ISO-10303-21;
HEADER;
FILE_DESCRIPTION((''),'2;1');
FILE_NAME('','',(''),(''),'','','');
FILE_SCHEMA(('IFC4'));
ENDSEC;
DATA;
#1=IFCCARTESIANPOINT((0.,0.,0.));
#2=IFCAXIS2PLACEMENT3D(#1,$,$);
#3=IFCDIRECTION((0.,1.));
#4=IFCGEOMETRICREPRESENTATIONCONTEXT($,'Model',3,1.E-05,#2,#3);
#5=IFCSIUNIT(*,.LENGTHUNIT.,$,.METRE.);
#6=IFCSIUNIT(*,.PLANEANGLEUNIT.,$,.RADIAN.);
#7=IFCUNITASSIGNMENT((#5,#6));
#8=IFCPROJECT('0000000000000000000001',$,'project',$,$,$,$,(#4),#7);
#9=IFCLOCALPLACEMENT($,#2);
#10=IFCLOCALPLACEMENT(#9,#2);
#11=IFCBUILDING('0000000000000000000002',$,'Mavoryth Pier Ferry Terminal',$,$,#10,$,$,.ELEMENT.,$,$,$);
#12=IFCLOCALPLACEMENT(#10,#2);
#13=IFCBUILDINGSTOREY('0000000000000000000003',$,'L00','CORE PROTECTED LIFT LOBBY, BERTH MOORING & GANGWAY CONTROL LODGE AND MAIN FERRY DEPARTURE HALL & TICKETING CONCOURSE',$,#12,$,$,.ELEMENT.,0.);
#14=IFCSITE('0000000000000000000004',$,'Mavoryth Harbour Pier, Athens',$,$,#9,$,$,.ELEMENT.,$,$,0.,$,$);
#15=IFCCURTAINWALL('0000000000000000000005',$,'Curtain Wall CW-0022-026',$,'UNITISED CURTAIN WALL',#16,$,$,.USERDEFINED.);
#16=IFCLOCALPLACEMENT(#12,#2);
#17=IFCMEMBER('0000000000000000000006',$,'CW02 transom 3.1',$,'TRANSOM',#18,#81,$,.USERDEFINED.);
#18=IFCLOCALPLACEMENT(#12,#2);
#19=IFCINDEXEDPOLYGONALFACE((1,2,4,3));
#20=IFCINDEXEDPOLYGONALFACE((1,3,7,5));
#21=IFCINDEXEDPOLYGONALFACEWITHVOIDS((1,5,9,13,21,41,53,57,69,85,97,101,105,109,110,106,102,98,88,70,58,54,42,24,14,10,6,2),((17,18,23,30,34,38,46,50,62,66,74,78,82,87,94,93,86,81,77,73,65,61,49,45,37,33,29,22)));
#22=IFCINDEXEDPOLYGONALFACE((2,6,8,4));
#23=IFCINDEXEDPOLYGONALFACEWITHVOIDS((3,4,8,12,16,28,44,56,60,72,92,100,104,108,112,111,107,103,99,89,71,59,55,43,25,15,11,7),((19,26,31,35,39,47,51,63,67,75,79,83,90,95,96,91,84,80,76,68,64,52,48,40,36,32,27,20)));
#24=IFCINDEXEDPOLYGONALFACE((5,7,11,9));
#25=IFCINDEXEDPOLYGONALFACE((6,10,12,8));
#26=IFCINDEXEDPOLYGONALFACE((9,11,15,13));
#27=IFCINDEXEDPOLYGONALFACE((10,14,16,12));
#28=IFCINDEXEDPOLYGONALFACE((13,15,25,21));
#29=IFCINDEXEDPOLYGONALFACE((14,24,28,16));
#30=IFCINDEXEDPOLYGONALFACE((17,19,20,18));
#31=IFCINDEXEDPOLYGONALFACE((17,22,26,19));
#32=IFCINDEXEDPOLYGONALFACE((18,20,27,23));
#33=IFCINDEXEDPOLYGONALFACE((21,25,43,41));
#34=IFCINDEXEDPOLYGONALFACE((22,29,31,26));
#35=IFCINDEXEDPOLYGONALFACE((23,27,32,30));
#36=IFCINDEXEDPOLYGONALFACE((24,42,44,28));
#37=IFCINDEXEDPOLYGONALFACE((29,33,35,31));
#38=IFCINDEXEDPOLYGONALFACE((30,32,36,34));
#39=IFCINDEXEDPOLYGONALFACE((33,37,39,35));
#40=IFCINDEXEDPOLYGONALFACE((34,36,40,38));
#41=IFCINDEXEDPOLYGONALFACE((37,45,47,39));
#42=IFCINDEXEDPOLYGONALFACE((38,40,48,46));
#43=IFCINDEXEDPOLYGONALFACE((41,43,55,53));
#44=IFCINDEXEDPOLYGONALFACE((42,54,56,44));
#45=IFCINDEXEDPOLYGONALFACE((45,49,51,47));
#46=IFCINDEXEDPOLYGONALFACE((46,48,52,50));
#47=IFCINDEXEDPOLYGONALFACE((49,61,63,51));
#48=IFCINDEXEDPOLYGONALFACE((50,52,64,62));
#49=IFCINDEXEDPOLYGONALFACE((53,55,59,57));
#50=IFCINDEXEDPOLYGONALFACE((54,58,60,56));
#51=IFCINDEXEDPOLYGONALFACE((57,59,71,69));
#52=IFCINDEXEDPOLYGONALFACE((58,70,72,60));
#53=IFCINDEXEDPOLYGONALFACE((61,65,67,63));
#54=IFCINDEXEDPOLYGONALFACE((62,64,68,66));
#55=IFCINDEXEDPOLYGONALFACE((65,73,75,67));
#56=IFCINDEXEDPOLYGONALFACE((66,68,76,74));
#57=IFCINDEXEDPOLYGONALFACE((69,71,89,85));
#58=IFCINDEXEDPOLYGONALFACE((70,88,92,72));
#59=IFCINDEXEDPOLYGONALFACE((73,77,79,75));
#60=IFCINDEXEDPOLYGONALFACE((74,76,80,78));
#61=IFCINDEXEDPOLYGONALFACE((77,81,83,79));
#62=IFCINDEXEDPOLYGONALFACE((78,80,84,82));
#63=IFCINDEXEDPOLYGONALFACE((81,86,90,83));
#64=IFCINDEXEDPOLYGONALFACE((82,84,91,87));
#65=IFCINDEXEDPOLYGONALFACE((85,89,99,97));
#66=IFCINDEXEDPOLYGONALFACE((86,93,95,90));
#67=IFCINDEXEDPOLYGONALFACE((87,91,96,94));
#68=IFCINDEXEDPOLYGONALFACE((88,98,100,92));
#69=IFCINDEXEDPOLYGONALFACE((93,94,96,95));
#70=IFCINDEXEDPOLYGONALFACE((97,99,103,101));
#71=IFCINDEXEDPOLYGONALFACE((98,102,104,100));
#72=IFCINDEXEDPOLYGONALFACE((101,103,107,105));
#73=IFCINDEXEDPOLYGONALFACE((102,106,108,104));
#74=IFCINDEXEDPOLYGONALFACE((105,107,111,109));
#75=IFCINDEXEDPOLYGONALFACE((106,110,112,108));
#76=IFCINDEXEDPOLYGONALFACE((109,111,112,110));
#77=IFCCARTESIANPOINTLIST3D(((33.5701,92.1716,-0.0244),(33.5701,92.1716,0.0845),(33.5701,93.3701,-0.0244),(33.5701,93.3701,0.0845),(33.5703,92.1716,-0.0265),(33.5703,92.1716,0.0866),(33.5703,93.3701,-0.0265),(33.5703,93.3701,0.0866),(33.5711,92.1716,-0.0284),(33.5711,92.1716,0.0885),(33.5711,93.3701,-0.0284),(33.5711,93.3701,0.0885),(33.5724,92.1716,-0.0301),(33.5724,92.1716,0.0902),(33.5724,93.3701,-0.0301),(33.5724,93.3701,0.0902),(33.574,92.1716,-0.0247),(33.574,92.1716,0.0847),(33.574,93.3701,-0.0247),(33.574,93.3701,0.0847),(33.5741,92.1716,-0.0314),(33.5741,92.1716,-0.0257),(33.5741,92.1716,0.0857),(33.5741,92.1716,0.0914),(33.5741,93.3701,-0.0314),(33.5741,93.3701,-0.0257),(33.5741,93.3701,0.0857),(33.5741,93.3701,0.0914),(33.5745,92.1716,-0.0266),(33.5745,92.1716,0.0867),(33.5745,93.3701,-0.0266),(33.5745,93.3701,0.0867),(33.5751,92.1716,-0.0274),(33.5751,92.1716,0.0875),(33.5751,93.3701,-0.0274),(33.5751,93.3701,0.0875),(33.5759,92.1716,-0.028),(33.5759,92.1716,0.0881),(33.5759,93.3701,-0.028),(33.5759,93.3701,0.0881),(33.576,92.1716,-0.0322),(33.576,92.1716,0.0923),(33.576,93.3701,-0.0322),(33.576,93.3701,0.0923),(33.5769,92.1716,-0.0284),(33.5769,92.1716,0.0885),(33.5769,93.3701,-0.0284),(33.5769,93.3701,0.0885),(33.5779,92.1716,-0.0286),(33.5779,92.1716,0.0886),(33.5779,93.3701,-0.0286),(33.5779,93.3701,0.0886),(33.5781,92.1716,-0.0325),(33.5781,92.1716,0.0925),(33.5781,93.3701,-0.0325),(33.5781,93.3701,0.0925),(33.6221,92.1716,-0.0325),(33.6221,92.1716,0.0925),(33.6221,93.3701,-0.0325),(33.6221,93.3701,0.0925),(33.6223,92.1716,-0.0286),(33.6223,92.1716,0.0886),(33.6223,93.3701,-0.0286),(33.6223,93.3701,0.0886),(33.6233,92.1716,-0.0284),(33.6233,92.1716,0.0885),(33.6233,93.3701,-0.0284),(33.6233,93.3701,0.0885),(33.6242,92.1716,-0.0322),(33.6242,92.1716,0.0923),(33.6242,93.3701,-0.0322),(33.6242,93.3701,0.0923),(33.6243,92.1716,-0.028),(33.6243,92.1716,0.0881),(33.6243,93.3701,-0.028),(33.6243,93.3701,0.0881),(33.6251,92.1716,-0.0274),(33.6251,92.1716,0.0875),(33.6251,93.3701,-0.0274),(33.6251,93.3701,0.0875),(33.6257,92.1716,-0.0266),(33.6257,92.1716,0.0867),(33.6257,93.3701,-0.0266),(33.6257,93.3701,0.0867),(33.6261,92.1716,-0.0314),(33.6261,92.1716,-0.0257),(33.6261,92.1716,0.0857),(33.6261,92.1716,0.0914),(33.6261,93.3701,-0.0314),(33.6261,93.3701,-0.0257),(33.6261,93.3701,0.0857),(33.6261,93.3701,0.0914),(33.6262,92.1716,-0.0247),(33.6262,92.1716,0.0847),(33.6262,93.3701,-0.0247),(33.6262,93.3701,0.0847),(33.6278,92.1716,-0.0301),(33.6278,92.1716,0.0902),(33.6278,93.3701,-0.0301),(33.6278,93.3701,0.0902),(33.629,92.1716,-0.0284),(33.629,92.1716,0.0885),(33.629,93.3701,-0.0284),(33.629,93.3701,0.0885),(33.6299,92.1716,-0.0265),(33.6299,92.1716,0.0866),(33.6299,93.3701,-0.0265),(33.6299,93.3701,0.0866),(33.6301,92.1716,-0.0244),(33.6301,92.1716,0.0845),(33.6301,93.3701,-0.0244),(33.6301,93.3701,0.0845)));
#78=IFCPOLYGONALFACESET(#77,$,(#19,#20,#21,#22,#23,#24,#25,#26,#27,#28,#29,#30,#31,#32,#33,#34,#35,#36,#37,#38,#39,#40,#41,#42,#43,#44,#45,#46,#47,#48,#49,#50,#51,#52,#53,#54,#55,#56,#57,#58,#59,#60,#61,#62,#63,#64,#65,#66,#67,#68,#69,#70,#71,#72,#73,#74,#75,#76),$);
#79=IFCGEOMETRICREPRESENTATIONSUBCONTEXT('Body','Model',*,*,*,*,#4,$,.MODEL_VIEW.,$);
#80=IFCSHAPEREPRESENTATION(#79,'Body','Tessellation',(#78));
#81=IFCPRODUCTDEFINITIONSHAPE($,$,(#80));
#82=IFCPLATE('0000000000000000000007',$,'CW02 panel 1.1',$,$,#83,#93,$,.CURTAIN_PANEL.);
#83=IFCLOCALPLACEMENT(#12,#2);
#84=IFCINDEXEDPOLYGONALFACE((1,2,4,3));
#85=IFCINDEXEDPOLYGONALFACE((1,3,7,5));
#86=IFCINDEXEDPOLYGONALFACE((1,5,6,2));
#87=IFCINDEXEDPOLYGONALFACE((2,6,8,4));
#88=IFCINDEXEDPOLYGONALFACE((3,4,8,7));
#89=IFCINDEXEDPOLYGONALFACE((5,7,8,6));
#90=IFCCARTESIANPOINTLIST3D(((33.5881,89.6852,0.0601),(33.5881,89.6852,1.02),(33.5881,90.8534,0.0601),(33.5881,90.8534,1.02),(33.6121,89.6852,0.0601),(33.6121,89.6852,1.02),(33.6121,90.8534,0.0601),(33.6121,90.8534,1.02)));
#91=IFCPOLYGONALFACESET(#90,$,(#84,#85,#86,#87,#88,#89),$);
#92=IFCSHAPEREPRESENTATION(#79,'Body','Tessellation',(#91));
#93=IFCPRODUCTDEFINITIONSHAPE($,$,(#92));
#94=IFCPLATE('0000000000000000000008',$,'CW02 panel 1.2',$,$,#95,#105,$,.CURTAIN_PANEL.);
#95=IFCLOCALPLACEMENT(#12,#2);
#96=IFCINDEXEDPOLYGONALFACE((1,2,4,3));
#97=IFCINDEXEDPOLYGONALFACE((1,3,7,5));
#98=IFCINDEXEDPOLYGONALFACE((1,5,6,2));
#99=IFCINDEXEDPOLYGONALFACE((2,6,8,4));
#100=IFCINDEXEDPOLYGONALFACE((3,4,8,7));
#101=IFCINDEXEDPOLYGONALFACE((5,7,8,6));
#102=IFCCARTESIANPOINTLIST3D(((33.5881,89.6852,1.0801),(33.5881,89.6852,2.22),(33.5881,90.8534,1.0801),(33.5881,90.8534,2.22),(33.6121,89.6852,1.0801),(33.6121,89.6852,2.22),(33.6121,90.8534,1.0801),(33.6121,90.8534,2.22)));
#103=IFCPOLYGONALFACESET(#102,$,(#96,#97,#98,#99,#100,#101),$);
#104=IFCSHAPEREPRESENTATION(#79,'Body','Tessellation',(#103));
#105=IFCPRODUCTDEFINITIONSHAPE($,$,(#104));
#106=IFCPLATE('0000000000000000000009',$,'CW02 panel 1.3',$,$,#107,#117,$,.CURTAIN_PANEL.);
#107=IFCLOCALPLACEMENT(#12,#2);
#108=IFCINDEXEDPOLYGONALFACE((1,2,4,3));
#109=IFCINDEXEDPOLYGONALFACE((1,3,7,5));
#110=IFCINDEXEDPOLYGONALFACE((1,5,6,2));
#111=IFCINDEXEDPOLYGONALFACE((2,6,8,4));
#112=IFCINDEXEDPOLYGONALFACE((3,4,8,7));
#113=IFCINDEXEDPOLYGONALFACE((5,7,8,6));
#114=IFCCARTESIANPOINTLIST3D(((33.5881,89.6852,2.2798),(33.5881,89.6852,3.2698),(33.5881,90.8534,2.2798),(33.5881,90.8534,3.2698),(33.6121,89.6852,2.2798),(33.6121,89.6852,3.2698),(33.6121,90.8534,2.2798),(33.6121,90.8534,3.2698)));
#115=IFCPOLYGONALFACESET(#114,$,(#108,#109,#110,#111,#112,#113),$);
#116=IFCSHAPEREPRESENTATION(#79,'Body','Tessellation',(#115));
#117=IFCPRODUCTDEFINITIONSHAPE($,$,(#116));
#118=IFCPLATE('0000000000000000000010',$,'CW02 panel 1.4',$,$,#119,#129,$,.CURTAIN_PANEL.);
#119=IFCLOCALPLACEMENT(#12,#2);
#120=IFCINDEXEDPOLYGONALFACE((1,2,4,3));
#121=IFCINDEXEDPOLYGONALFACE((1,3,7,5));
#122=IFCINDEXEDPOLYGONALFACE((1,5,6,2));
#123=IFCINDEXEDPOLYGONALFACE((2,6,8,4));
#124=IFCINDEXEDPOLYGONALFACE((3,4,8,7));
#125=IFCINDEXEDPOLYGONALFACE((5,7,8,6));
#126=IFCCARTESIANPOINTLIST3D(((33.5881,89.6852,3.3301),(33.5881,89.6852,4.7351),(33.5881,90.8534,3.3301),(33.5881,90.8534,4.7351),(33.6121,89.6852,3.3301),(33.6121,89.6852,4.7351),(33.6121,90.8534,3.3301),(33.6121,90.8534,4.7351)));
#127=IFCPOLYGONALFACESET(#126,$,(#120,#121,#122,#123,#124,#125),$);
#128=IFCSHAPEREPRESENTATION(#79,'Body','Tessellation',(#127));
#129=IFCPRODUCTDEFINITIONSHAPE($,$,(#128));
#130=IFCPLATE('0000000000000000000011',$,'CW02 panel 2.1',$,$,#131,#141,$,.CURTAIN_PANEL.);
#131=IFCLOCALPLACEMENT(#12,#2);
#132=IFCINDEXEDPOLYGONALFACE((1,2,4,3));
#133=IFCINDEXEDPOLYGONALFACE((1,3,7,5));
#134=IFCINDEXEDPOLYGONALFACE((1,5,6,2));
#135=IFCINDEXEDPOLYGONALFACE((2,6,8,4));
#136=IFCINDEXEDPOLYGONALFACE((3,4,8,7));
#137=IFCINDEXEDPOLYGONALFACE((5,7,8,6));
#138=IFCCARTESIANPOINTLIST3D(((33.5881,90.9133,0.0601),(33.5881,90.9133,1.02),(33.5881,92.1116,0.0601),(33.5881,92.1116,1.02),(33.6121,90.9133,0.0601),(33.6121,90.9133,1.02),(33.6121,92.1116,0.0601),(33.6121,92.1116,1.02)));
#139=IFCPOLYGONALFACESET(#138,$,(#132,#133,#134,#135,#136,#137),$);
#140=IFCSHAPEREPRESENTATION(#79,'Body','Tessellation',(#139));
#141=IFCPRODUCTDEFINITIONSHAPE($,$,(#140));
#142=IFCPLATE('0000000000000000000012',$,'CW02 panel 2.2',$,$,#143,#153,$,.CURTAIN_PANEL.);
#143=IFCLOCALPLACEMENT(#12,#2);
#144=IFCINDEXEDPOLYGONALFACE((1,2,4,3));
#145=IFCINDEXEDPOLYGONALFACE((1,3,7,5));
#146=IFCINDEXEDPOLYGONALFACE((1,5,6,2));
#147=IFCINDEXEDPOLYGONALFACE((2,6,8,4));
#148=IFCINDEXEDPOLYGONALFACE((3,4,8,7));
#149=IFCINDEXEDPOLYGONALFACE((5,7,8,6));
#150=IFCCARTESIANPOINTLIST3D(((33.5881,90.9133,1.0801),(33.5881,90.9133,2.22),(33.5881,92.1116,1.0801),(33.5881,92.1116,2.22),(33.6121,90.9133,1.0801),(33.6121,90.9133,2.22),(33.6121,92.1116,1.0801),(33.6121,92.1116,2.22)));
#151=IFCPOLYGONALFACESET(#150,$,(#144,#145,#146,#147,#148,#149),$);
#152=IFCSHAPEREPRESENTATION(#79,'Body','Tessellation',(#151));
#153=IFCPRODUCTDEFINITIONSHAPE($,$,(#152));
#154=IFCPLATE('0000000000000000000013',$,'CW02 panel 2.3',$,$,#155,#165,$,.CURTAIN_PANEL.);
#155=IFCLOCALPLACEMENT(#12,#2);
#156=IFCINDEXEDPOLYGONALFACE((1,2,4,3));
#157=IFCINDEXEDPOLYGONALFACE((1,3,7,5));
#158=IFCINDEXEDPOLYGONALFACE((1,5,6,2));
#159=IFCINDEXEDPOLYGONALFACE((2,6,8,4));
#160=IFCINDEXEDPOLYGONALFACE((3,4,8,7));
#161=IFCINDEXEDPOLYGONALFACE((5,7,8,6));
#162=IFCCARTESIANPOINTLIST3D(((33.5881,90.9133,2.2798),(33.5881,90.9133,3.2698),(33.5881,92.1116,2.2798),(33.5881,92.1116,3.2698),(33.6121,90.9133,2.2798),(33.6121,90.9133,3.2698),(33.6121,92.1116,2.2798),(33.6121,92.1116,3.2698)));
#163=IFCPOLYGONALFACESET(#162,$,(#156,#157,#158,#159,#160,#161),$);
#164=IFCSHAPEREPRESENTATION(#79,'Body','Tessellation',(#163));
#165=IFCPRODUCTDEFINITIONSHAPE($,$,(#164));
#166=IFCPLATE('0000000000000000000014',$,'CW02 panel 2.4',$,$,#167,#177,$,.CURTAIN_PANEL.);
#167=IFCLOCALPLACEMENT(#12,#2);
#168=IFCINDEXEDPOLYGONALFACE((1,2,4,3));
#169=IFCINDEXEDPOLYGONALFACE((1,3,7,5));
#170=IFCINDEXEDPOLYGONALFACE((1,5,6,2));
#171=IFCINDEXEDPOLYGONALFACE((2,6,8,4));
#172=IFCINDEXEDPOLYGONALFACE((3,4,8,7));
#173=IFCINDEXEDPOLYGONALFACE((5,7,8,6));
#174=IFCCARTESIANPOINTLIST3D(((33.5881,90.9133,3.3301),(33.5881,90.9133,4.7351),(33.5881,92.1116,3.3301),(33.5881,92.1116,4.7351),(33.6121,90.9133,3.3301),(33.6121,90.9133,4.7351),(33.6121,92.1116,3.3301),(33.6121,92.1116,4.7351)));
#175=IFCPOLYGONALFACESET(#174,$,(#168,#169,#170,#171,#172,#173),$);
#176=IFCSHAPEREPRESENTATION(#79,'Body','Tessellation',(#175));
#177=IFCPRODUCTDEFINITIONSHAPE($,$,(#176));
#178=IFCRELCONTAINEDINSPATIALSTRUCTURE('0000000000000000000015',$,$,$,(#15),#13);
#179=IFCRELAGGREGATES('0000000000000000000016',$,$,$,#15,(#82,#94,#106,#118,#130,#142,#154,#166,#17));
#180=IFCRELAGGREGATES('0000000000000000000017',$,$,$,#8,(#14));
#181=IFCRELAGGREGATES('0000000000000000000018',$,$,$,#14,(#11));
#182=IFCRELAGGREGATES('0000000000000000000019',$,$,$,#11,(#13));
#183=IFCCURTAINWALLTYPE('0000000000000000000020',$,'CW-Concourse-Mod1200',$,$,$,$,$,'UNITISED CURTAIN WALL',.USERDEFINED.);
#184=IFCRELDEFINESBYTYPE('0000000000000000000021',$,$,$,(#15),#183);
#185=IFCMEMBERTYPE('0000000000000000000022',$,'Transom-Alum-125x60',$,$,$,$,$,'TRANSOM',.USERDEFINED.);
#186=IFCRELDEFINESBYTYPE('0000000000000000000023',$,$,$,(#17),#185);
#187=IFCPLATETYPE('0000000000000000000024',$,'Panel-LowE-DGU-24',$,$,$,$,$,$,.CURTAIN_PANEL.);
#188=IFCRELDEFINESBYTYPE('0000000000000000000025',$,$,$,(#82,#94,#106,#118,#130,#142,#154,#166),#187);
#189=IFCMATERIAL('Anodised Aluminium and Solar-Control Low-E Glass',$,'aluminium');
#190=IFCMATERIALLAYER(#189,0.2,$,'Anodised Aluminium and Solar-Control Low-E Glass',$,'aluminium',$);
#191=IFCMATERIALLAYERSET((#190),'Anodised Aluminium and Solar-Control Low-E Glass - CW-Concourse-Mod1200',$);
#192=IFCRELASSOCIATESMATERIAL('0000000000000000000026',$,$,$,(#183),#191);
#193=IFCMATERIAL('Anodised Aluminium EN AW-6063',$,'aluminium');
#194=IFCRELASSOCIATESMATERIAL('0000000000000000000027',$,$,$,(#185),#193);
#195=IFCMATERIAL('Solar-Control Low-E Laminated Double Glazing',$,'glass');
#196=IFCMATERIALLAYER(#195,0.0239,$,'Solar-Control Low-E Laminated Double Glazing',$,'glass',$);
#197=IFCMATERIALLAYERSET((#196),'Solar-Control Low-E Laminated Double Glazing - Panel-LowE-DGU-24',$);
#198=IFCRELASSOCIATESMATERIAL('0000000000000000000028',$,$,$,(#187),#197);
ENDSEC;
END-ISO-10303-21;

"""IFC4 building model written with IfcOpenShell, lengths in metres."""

from ifc_helpers import new_model, si_unit, direction, frame, origin, origin_2d, place, context, subcontext, project, spatial, rectangle, hollow_rectangle, extrude, material, layer, layer_set, material_profile, profile_set, type_object, element, aggregate, save


model = new_model("IFC4")

# Units and contexts
model_context = context("Model", 3, precision=1e-05, world=origin(), true_north=direction((0.0, 1.0)))
body_context = subcontext(model_context, "Body", "Model", "MODEL_VIEW")
ifc_project = project(units=[si_unit("LENGTHUNIT", "METRE"), si_unit("PLANEANGLEUNIT", "RADIAN")], contexts=[model_context])

# Site, building, storey
site_placement = place(None, origin())
site = spatial("IfcSite", under=ifc_project, at=site_placement, Name="Mavoryth Harbour Pier, Athens", CompositionType="ELEMENT", RefElevation=0.0)
building_placement = place(site_placement, origin())
building = spatial("IfcBuilding", under=site, at=building_placement, Name="Mavoryth Pier Ferry Terminal", CompositionType="ELEMENT")
storey_placement = place(building_placement, origin())
storey = spatial("IfcBuildingStorey", under=building, at=storey_placement, Name="L00", Description="CORE PROTECTED LIFT LOBBY, BERTH MOORING & GANGWAY CONTROL LODGE AND MAIN FERRY DEPARTURE HALL & TICKETING CONCOURSE", CompositionType="ELEMENT", Elevation=0.0)

# Curtain wall, member, plates
ifc_material_1 = material(Name="Anodised Aluminium and Solar-Control Low-E Glass", Category="aluminium")
ifc_layer_1 = layer(ifc_material_1, 0.2, Name="Anodised Aluminium and Solar-Control Low-E Glass", Category="aluminium")
ifc_layer_set_1 = layer_set([ifc_layer_1], Name="Anodised Aluminium and Solar-Control Low-E Glass - CW-Concourse-Mod1200")
curtain_wall_type = type_object("IfcCurtainWallType", Name="CW-Concourse-Mod1200", ElementType="UNITISED CURTAIN WALL", PredefinedType="USERDEFINED", material=ifc_layer_set_1)
curtain_wall_placement = place(storey_placement, origin())
curtain_wall = element("IfcCurtainWall", 1, at=curtain_wall_placement, inside=storey, type_object=curtain_wall_type, Name="Curtain Wall CW-0022-026", ObjectType="UNITISED CURTAIN WALL", PredefinedType="USERDEFINED")
ifc_material_2 = material(Name="Anodised Aluminium EN AW-6063", Category="aluminium")
ifc_material_profile_1 = material_profile(ifc_material_2, hollow_rectangle(XDim=0.0601, YDim=0.125, WallThickness=0.0039, InnerFilletRadius=0.0039, OuterFilletRadius=0.0081, at=origin_2d()), Name="AL-TRAN 125x60x4", Category="aluminium")
ifc_profile_set_1 = profile_set([ifc_material_profile_1], Name="Anodised Aluminium EN AW-6063 - AL-TRAN 125x60x4")
member_type_1 = type_object("IfcMemberType", Name="Transom-Alum-125x60", ElementType="TRANSOM", PredefinedType="USERDEFINED", material=ifc_profile_set_1)
member_1_placement = place(storey_placement, frame((33.6001, 92.1716, 0.03), z_axis=(0.0, 1.0, 0.0), x_axis=(-1.0, 0.0, 0.0)))
member_1 = element("IfcMember", 2, at=member_1_placement, type_object=member_type_1, Name="CW02 transom 3.1", ObjectType="TRANSOM", PredefinedType="USERDEFINED", context=body_context, shape_type="SweptSolid", body=[
    extrude(hollow_rectangle(XDim=0.0601, YDim=0.125, WallThickness=0.0039, InnerFilletRadius=0.0039, OuterFilletRadius=0.0081, at=origin_2d()), origin(), (0.0, 0.0, 1.0), 1.1985),
])
ifc_material_3 = material(Name="Solar-Control Low-E Laminated Double Glazing", Category="glass")
ifc_layer_2 = layer(ifc_material_3, 0.0239, Name="Solar-Control Low-E Laminated Double Glazing", Category="glass")
ifc_layer_set_2 = layer_set([ifc_layer_2], Name="Solar-Control Low-E Laminated Double Glazing - Panel-LowE-DGU-24")
plate_type = type_object("IfcPlateType", Name="Panel-LowE-DGU-24", PredefinedType="CURTAIN_PANEL", material=ifc_layer_set_2)
plate_1_placement = place(storey_placement, frame((33.6001, 90.2693, 0.0601), z_axis=(0.0, 0.0, 1.0), x_axis=(0.0, 1.0, 0.0)))
plate_1 = element("IfcPlate", 3, at=plate_1_placement, type_object=plate_type, Name="CW02 panel 1.1", PredefinedType="CURTAIN_PANEL", context=body_context, shape_type="SweptSolid", body=[
    extrude(rectangle(XDim=1.1682, YDim=0.0239, at=origin_2d()), origin(), (0.0, 0.0, 1.0), 0.96),
])
plate_2_placement = place(storey_placement, frame((33.6001, 90.2693, 1.0801), z_axis=(0.0, 0.0, 1.0), x_axis=(0.0, 1.0, 0.0)))
plate_2 = element("IfcPlate", 4, at=plate_2_placement, type_object=plate_type, Name="CW02 panel 1.2", PredefinedType="CURTAIN_PANEL", context=body_context, shape_type="SweptSolid", body=[
    extrude(rectangle(XDim=1.1682, YDim=0.0239, at=origin_2d()), origin(), (0.0, 0.0, 1.0), 1.1399),
])
plate_3_placement = place(storey_placement, frame((33.6001, 90.2693, 2.2798), z_axis=(0.0, 0.0, 1.0), x_axis=(0.0, 1.0, 0.0)))
plate_3 = element("IfcPlate", 5, at=plate_3_placement, type_object=plate_type, Name="CW02 panel 1.3", PredefinedType="CURTAIN_PANEL", context=body_context, shape_type="SweptSolid", body=[
    extrude(rectangle(XDim=1.1682, YDim=0.0239, at=origin_2d()), origin(), (0.0, 0.0, 1.0), 0.99),
])
plate_4_placement = place(storey_placement, frame((33.6001, 90.2693, 3.3301), z_axis=(0.0, 0.0, 1.0), x_axis=(0.0, 1.0, 0.0)))
plate_4 = element("IfcPlate", 6, at=plate_4_placement, type_object=plate_type, Name="CW02 panel 1.4", PredefinedType="CURTAIN_PANEL", context=body_context, shape_type="SweptSolid", body=[
    extrude(rectangle(XDim=1.1682, YDim=0.0239, at=origin_2d()), origin(), (0.0, 0.0, 1.0), 1.405),
])
plate_5_placement = place(storey_placement, frame((33.6001, 91.5125, 0.0601), z_axis=(0.0, 0.0, 1.0), x_axis=(0.0, 1.0, 0.0)))
plate_5 = element("IfcPlate", 7, at=plate_5_placement, type_object=plate_type, Name="CW02 panel 2.1", PredefinedType="CURTAIN_PANEL", context=body_context, shape_type="SweptSolid", body=[
    extrude(rectangle(XDim=1.1982, YDim=0.0239, at=origin_2d()), origin(), (0.0, 0.0, 1.0), 0.96),
])
plate_6_placement = place(storey_placement, frame((33.6001, 91.5125, 1.0801), z_axis=(0.0, 0.0, 1.0), x_axis=(0.0, 1.0, 0.0)))
plate_6 = element("IfcPlate", 8, at=plate_6_placement, type_object=plate_type, Name="CW02 panel 2.2", PredefinedType="CURTAIN_PANEL", context=body_context, shape_type="SweptSolid", body=[
    extrude(rectangle(XDim=1.1982, YDim=0.0239, at=origin_2d()), origin(), (0.0, 0.0, 1.0), 1.1399),
])
plate_7_placement = place(storey_placement, frame((33.6001, 91.5125, 2.2798), z_axis=(0.0, 0.0, 1.0), x_axis=(0.0, 1.0, 0.0)))
plate_7 = element("IfcPlate", 9, at=plate_7_placement, type_object=plate_type, Name="CW02 panel 2.3", PredefinedType="CURTAIN_PANEL", context=body_context, shape_type="SweptSolid", body=[
    extrude(rectangle(XDim=1.1982, YDim=0.0239, at=origin_2d()), origin(), (0.0, 0.0, 1.0), 0.99),
])
plate_8_placement = place(storey_placement, frame((33.6001, 91.5125, 3.3301), z_axis=(0.0, 0.0, 1.0), x_axis=(0.0, 1.0, 0.0)))
plate_8 = element("IfcPlate", 10, at=plate_8_placement, type_object=plate_type, Name="CW02 panel 2.4", PredefinedType="CURTAIN_PANEL", context=body_context, shape_type="SweptSolid", body=[
    extrude(rectangle(XDim=1.1982, YDim=0.0239, at=origin_2d()), origin(), (0.0, 0.0, 1.0), 1.405),
])
aggregate(curtain_wall, [plate_1, plate_2, plate_3, plate_4, plate_5, plate_6, plate_7, plate_8, member_1])

save(model, "model.ifc")
